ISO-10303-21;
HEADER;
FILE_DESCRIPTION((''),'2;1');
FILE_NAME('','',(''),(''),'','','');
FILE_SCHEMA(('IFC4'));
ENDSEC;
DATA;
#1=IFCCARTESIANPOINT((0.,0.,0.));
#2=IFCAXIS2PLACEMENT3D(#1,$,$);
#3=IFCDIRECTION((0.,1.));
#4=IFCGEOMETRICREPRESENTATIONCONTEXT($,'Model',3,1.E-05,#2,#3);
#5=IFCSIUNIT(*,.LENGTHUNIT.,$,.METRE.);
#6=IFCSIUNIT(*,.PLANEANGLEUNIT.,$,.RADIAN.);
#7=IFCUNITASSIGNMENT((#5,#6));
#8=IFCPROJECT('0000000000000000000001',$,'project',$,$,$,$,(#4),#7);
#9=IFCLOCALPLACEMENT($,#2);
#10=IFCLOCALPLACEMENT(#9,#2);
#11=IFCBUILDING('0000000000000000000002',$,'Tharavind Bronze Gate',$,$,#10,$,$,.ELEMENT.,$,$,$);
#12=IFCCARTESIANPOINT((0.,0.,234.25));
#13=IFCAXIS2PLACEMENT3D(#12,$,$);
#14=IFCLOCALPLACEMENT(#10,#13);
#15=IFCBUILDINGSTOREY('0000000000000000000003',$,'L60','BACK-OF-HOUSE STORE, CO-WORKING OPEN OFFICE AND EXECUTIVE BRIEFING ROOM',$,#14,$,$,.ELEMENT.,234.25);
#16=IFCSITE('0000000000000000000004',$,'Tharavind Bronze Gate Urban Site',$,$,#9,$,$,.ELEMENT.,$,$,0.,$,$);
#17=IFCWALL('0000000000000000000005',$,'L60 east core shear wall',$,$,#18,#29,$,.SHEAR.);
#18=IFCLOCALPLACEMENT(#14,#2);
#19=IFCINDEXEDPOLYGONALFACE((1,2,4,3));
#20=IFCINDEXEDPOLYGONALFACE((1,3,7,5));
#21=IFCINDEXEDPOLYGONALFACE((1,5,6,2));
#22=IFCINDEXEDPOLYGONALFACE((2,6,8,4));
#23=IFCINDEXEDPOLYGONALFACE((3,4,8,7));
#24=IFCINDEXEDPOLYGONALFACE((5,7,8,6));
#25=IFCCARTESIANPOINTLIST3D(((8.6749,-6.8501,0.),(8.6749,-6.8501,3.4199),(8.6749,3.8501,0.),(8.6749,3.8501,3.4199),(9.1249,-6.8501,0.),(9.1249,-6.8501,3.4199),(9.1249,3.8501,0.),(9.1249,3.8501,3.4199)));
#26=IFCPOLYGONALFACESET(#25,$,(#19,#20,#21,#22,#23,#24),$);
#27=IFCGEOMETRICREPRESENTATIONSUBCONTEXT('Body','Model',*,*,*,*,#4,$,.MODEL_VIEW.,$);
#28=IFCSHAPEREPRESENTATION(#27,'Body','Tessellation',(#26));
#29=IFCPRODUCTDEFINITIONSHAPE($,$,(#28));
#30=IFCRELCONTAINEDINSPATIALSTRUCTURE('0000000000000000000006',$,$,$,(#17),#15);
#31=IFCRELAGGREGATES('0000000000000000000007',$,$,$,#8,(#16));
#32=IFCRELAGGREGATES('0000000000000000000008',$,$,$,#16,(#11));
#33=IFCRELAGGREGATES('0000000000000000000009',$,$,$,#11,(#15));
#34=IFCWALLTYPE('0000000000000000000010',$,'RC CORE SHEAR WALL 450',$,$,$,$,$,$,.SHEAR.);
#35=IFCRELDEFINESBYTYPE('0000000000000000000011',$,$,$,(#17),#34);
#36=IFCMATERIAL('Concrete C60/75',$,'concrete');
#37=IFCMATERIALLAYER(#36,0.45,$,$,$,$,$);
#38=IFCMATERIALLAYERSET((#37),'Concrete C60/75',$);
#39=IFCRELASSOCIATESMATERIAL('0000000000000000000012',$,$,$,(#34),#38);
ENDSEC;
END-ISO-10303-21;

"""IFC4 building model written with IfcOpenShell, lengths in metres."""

from ifc_helpers import new_model, si_unit, direction, frame, frame_2d, origin, place, context, subcontext, project, spatial, rectangle, extrude, material, layer, layer_set, type_object, element, save


model = new_model("IFC4")

# Units and contexts
model_context = context("Model", 3, precision=1e-05, world=origin(), true_north=direction((0.0, 1.0)))
body_context = subcontext(model_context, "Body", "Model", "MODEL_VIEW")
ifc_project = project(units=[si_unit("LENGTHUNIT", "METRE"), si_unit("PLANEANGLEUNIT", "RADIAN")], contexts=[model_context])

# Site, building, storey
site_placement = place(None, origin())
site = spatial("IfcSite", under=ifc_project, at=site_placement, Name="Tharavind Bronze Gate Urban Site", CompositionType="ELEMENT", RefElevation=0.0)
building_placement = place(site_placement, origin())
building = spatial("IfcBuilding", under=site, at=building_placement, Name="Tharavind Bronze Gate", CompositionType="ELEMENT")
storey_placement = place(building_placement, frame((0.0, 0.0, 234.25)))
storey = spatial("IfcBuildingStorey", under=building, at=storey_placement, Name="L60", Description="BACK-OF-HOUSE STORE, CO-WORKING OPEN OFFICE AND EXECUTIVE BRIEFING ROOM", CompositionType="ELEMENT", Elevation=234.25)

# Wall
ifc_material_1 = material(Name="Concrete C60/75", Category="concrete")
ifc_layer_1 = layer(ifc_material_1, 0.45)
ifc_layer_set_1 = layer_set([ifc_layer_1], Name="Concrete C60/75")
wall_type_1 = type_object("IfcWallType", Name="RC CORE SHEAR WALL 450", PredefinedType="SHEAR", material=ifc_layer_set_1)
wall_1_placement = place(storey_placement, frame((8.8999, -6.8501, 0.0), z_axis=(0.0, 0.0, 1.0), x_axis=(0.0, 1.0, 0.0)))
element("IfcWall", 1, at=wall_1_placement, inside=storey, type_object=wall_type_1, Name="L60 east core shear wall", PredefinedType="SHEAR", context=body_context, shape_type="SweptSolid", body=[
    extrude(rectangle(XDim=10.7002, YDim=0.45, at=frame_2d((5.3501, 0.0))), origin(), (0.0, 0.0, 1.0), 3.4199),
])

save(model, "model.ifc")
